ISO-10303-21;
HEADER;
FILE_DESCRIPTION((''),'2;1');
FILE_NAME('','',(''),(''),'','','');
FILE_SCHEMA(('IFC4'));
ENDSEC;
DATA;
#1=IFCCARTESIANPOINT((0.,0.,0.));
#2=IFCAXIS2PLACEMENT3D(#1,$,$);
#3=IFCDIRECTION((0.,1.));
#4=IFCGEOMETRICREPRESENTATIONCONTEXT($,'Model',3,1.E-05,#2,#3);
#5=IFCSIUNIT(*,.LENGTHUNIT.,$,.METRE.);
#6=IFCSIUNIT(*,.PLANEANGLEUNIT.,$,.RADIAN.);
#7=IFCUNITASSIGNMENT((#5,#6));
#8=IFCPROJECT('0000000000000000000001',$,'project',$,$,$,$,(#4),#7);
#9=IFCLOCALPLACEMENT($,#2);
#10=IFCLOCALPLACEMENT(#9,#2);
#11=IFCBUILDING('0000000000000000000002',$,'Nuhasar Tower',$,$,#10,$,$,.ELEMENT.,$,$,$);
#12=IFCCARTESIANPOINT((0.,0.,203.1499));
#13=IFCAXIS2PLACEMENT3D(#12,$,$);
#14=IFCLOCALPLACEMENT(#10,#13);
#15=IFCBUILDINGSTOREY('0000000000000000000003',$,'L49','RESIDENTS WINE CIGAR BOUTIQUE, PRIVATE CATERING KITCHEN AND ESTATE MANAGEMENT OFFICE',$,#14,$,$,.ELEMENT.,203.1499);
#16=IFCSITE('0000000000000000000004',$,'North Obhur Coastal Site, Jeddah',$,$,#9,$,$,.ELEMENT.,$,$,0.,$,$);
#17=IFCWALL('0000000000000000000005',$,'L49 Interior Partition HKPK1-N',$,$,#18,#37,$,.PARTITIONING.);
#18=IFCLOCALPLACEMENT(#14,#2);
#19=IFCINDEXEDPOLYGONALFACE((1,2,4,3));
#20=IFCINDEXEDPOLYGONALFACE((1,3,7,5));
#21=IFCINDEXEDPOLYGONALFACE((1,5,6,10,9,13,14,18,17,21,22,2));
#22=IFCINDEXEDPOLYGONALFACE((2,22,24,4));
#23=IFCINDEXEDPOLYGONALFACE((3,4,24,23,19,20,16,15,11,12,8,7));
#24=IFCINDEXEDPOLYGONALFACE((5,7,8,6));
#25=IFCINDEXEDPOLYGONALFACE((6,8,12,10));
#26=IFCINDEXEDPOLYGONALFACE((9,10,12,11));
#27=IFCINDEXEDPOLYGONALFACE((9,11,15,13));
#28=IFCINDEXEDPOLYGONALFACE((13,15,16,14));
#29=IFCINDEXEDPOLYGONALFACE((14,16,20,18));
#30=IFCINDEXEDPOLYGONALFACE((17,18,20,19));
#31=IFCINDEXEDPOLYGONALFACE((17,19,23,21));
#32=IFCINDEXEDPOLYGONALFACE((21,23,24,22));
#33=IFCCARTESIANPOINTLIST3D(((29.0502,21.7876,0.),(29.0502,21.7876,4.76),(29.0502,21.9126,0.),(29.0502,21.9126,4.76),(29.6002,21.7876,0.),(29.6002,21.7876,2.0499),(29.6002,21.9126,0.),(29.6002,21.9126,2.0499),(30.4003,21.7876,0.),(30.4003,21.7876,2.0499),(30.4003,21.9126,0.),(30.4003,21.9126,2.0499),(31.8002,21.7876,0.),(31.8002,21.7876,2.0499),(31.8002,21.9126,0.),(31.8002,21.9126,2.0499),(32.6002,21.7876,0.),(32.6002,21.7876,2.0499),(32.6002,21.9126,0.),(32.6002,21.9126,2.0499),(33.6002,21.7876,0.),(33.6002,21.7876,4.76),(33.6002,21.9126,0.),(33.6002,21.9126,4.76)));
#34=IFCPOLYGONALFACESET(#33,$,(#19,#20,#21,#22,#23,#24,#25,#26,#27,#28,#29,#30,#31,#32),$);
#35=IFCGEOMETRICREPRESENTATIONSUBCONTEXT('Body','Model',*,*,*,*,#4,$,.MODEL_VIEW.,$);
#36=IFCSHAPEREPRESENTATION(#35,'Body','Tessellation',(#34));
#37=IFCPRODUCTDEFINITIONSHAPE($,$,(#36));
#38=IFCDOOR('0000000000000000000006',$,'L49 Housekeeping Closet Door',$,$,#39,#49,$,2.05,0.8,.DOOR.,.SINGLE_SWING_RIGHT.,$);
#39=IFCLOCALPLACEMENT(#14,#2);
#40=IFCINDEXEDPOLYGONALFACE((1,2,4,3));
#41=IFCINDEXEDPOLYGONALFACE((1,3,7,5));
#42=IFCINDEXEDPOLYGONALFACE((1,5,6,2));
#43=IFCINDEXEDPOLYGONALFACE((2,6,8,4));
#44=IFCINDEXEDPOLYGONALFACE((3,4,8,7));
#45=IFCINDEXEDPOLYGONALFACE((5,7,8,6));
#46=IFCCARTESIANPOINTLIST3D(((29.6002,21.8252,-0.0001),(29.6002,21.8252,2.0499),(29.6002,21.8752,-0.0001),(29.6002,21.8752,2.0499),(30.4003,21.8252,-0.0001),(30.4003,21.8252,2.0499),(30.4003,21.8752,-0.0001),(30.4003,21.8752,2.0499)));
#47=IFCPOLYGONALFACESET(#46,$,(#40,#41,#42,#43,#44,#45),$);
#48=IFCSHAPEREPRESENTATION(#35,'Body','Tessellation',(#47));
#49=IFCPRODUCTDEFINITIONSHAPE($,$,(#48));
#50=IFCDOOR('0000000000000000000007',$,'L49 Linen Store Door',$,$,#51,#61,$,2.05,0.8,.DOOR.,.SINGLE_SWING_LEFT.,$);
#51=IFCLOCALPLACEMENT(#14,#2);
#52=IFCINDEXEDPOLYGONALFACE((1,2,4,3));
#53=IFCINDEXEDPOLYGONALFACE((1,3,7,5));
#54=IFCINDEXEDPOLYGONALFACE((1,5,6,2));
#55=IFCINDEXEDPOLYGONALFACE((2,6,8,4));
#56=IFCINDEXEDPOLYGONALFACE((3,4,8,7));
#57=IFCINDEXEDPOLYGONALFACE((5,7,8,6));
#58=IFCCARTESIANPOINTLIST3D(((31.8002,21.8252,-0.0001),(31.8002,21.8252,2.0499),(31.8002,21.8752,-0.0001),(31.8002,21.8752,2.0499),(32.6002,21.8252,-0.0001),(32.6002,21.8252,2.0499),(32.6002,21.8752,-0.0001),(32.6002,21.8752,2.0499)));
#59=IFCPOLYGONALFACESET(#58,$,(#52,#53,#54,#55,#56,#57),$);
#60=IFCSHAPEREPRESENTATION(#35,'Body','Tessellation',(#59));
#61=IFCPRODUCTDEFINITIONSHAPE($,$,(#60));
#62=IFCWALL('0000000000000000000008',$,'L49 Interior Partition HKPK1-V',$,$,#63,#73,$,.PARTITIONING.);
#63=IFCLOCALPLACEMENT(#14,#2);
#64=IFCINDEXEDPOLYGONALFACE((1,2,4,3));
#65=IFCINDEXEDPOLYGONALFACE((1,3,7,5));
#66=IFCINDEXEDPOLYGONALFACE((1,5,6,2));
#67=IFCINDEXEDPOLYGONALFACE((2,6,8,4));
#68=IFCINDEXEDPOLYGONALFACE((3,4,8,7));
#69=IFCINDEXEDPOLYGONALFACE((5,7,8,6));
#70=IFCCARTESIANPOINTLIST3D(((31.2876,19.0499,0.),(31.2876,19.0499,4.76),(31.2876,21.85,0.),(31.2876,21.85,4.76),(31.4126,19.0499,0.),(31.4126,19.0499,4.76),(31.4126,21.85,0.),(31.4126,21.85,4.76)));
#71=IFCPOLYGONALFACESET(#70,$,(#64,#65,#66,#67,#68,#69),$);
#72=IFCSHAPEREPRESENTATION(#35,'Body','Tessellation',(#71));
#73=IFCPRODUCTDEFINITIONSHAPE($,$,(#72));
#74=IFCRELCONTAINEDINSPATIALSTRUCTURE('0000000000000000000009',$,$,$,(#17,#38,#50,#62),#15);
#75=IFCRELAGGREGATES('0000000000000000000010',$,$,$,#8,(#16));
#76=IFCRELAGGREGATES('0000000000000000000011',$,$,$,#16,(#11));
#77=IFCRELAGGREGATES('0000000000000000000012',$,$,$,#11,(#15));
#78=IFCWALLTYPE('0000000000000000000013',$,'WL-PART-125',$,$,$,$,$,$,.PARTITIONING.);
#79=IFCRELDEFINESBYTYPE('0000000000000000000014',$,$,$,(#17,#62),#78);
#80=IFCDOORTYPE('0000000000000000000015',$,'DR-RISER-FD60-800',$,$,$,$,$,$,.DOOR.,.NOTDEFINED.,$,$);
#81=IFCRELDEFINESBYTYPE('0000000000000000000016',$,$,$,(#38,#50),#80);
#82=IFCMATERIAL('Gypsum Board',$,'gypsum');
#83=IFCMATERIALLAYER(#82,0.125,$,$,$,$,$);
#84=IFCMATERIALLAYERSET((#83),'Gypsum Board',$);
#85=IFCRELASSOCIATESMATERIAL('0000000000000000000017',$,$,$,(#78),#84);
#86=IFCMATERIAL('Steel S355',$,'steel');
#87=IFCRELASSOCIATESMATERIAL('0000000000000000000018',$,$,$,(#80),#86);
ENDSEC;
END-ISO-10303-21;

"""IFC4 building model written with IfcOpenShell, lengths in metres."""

from ifc_helpers import new_model, si_unit, direction, frame, frame_2d, origin, place, context, subcontext, project, spatial, rectangle, extrude, material, layer, layer_set, type_object, element, fill, save


model = new_model("IFC4")

# Units and contexts
model_context = context("Model", 3, precision=1e-05, world=origin(), true_north=direction((0.0, 1.0)))
body_context = subcontext(model_context, "Body", "Model", "MODEL_VIEW")
ifc_project = project(units=[si_unit("LENGTHUNIT", "METRE"), si_unit("PLANEANGLEUNIT", "RADIAN")], contexts=[model_context])

# Site, building, storey
site_placement = place(None, origin())
site = spatial("IfcSite", under=ifc_project, at=site_placement, Name="North Obhur Coastal Site, Jeddah", CompositionType="ELEMENT", RefElevation=0.0)
building_placement = place(site_placement, origin())
building = spatial("IfcBuilding", under=site, at=building_placement, Name="Nuhasar Tower", CompositionType="ELEMENT")
storey_placement = place(building_placement, frame((0.0, 0.0, 203.1499)))
storey = spatial("IfcBuildingStorey", under=building, at=storey_placement, Name="L49", Description="RESIDENTS WINE CIGAR BOUTIQUE, PRIVATE CATERING KITCHEN AND ESTATE MANAGEMENT OFFICE", CompositionType="ELEMENT", Elevation=203.1499)

# Shared definitions
ifc_material_1 = material(Name="Steel S355", Category="steel")

# Shared definitions
ifc_material_2 = material(Name="Gypsum Board", Category="gypsum")

# Wall, openings, doors
ifc_layer_1 = layer(ifc_material_2, 0.125)
ifc_layer_set_1 = layer_set([ifc_layer_1], Name="Gypsum Board")
wall_type_1 = type_object("IfcWallType", Name="WL-PART-125", PredefinedType="PARTITIONING", material=ifc_layer_set_1)
wall_1_placement = place(storey_placement, frame((33.6001, 21.8501, 0.0), z_axis=(0.0, 0.0, 1.0), x_axis=(-1.0, 0.0, 0.0)))
wall_1 = element("IfcWall", 1, at=wall_1_placement, inside=storey, type_object=wall_type_1, Name="L49 Interior Partition HKPK1-N", PredefinedType="PARTITIONING", context=body_context, shape_type="SweptSolid", body=[
    extrude(rectangle(XDim=4.55, YDim=0.125, at=frame_2d((2.2749, 0.0))), origin(), (0.0, 0.0, 1.0), 4.76),
])
opening_1_placement = place(wall_1_placement, frame((3.2, 0.0, 0.0)))
opening_1 = element("IfcOpeningElement", 2, at=opening_1_placement, cuts=wall_1, PredefinedType="OPENING", context=body_context, shape_type="SweptSolid", body=[
    extrude(rectangle(XDim=0.8, YDim=2.05, at=frame_2d((0.3999, 1.0249))), frame((0.0, 0.0725, 0.0), z_axis=(0.0, -1.0, 0.0), x_axis=(1.0, 0.0, 0.0)), (0.0, 0.0, 1.0), 0.145),
])
opening_2_placement = place(wall_1_placement, frame((1.0, 0.0, 0.0)))
opening_2 = element("IfcOpeningElement", 3, at=opening_2_placement, cuts=wall_1, PredefinedType="OPENING", context=body_context, shape_type="SweptSolid", body=[
    extrude(rectangle(XDim=0.8, YDim=2.05, at=frame_2d((0.3999, 1.0249))), frame((0.0, 0.0725, 0.0), z_axis=(0.0, -1.0, 0.0), x_axis=(1.0, 0.0, 0.0)), (0.0, 0.0, 1.0), 0.145),
])
door_type_1 = type_object("IfcDoorType", Name="DR-RISER-FD60-800", OperationType="NOTDEFINED", PredefinedType="DOOR", material=ifc_material_1)
door_1_placement = place(opening_1_placement, origin())
door_1 = element("IfcDoor", 4, at=door_1_placement, inside=storey, type_object=door_type_1, Name="L49 Housekeeping Closet Door", OperationType="SINGLE_SWING_RIGHT", OverallHeight=2.05, OverallWidth=0.8, PredefinedType="DOOR", context=body_context, shape_type="SweptSolid", body=[
    extrude(rectangle(XDim=0.8, YDim=2.05, at=frame_2d((0.3999, 1.0249))), frame((0.0, 0.0249, 0.0), z_axis=(0.0, -1.0, 0.0), x_axis=(1.0, 0.0, 0.0)), (0.0, 0.0, 1.0), 0.05),
])
fill(opening_1, door_1)
door_2_placement = place(opening_2_placement, origin())
door_2 = element("IfcDoor", 5, at=door_2_placement, inside=storey, type_object=door_type_1, Name="L49 Linen Store Door", OperationType="SINGLE_SWING_LEFT", OverallHeight=2.05, OverallWidth=0.8, PredefinedType="DOOR", context=body_context, shape_type="SweptSolid", body=[
    extrude(rectangle(XDim=0.8, YDim=2.05, at=frame_2d((0.3999, 1.0249))), frame((0.0, 0.0249, 0.0), z_axis=(0.0, -1.0, 0.0), x_axis=(1.0, 0.0, 0.0)), (0.0, 0.0, 1.0), 0.05),
])
fill(opening_2, door_2)

# Wall
wall_2_placement = place(storey_placement, frame((31.3501, 19.05, 0.0), z_axis=(0.0, 0.0, 1.0), x_axis=(0.0, 1.0, 0.0)))
element("IfcWall", 6, at=wall_2_placement, inside=storey, type_object=wall_type_1, Name="L49 Interior Partition HKPK1-V", PredefinedType="PARTITIONING", context=body_context, shape_type="SweptSolid", body=[
    extrude(rectangle(XDim=2.8, YDim=0.125, at=frame_2d((1.3999, 0.0))), origin(), (0.0, 0.0, 1.0), 4.76),
])

save(model, "model.ifc")
